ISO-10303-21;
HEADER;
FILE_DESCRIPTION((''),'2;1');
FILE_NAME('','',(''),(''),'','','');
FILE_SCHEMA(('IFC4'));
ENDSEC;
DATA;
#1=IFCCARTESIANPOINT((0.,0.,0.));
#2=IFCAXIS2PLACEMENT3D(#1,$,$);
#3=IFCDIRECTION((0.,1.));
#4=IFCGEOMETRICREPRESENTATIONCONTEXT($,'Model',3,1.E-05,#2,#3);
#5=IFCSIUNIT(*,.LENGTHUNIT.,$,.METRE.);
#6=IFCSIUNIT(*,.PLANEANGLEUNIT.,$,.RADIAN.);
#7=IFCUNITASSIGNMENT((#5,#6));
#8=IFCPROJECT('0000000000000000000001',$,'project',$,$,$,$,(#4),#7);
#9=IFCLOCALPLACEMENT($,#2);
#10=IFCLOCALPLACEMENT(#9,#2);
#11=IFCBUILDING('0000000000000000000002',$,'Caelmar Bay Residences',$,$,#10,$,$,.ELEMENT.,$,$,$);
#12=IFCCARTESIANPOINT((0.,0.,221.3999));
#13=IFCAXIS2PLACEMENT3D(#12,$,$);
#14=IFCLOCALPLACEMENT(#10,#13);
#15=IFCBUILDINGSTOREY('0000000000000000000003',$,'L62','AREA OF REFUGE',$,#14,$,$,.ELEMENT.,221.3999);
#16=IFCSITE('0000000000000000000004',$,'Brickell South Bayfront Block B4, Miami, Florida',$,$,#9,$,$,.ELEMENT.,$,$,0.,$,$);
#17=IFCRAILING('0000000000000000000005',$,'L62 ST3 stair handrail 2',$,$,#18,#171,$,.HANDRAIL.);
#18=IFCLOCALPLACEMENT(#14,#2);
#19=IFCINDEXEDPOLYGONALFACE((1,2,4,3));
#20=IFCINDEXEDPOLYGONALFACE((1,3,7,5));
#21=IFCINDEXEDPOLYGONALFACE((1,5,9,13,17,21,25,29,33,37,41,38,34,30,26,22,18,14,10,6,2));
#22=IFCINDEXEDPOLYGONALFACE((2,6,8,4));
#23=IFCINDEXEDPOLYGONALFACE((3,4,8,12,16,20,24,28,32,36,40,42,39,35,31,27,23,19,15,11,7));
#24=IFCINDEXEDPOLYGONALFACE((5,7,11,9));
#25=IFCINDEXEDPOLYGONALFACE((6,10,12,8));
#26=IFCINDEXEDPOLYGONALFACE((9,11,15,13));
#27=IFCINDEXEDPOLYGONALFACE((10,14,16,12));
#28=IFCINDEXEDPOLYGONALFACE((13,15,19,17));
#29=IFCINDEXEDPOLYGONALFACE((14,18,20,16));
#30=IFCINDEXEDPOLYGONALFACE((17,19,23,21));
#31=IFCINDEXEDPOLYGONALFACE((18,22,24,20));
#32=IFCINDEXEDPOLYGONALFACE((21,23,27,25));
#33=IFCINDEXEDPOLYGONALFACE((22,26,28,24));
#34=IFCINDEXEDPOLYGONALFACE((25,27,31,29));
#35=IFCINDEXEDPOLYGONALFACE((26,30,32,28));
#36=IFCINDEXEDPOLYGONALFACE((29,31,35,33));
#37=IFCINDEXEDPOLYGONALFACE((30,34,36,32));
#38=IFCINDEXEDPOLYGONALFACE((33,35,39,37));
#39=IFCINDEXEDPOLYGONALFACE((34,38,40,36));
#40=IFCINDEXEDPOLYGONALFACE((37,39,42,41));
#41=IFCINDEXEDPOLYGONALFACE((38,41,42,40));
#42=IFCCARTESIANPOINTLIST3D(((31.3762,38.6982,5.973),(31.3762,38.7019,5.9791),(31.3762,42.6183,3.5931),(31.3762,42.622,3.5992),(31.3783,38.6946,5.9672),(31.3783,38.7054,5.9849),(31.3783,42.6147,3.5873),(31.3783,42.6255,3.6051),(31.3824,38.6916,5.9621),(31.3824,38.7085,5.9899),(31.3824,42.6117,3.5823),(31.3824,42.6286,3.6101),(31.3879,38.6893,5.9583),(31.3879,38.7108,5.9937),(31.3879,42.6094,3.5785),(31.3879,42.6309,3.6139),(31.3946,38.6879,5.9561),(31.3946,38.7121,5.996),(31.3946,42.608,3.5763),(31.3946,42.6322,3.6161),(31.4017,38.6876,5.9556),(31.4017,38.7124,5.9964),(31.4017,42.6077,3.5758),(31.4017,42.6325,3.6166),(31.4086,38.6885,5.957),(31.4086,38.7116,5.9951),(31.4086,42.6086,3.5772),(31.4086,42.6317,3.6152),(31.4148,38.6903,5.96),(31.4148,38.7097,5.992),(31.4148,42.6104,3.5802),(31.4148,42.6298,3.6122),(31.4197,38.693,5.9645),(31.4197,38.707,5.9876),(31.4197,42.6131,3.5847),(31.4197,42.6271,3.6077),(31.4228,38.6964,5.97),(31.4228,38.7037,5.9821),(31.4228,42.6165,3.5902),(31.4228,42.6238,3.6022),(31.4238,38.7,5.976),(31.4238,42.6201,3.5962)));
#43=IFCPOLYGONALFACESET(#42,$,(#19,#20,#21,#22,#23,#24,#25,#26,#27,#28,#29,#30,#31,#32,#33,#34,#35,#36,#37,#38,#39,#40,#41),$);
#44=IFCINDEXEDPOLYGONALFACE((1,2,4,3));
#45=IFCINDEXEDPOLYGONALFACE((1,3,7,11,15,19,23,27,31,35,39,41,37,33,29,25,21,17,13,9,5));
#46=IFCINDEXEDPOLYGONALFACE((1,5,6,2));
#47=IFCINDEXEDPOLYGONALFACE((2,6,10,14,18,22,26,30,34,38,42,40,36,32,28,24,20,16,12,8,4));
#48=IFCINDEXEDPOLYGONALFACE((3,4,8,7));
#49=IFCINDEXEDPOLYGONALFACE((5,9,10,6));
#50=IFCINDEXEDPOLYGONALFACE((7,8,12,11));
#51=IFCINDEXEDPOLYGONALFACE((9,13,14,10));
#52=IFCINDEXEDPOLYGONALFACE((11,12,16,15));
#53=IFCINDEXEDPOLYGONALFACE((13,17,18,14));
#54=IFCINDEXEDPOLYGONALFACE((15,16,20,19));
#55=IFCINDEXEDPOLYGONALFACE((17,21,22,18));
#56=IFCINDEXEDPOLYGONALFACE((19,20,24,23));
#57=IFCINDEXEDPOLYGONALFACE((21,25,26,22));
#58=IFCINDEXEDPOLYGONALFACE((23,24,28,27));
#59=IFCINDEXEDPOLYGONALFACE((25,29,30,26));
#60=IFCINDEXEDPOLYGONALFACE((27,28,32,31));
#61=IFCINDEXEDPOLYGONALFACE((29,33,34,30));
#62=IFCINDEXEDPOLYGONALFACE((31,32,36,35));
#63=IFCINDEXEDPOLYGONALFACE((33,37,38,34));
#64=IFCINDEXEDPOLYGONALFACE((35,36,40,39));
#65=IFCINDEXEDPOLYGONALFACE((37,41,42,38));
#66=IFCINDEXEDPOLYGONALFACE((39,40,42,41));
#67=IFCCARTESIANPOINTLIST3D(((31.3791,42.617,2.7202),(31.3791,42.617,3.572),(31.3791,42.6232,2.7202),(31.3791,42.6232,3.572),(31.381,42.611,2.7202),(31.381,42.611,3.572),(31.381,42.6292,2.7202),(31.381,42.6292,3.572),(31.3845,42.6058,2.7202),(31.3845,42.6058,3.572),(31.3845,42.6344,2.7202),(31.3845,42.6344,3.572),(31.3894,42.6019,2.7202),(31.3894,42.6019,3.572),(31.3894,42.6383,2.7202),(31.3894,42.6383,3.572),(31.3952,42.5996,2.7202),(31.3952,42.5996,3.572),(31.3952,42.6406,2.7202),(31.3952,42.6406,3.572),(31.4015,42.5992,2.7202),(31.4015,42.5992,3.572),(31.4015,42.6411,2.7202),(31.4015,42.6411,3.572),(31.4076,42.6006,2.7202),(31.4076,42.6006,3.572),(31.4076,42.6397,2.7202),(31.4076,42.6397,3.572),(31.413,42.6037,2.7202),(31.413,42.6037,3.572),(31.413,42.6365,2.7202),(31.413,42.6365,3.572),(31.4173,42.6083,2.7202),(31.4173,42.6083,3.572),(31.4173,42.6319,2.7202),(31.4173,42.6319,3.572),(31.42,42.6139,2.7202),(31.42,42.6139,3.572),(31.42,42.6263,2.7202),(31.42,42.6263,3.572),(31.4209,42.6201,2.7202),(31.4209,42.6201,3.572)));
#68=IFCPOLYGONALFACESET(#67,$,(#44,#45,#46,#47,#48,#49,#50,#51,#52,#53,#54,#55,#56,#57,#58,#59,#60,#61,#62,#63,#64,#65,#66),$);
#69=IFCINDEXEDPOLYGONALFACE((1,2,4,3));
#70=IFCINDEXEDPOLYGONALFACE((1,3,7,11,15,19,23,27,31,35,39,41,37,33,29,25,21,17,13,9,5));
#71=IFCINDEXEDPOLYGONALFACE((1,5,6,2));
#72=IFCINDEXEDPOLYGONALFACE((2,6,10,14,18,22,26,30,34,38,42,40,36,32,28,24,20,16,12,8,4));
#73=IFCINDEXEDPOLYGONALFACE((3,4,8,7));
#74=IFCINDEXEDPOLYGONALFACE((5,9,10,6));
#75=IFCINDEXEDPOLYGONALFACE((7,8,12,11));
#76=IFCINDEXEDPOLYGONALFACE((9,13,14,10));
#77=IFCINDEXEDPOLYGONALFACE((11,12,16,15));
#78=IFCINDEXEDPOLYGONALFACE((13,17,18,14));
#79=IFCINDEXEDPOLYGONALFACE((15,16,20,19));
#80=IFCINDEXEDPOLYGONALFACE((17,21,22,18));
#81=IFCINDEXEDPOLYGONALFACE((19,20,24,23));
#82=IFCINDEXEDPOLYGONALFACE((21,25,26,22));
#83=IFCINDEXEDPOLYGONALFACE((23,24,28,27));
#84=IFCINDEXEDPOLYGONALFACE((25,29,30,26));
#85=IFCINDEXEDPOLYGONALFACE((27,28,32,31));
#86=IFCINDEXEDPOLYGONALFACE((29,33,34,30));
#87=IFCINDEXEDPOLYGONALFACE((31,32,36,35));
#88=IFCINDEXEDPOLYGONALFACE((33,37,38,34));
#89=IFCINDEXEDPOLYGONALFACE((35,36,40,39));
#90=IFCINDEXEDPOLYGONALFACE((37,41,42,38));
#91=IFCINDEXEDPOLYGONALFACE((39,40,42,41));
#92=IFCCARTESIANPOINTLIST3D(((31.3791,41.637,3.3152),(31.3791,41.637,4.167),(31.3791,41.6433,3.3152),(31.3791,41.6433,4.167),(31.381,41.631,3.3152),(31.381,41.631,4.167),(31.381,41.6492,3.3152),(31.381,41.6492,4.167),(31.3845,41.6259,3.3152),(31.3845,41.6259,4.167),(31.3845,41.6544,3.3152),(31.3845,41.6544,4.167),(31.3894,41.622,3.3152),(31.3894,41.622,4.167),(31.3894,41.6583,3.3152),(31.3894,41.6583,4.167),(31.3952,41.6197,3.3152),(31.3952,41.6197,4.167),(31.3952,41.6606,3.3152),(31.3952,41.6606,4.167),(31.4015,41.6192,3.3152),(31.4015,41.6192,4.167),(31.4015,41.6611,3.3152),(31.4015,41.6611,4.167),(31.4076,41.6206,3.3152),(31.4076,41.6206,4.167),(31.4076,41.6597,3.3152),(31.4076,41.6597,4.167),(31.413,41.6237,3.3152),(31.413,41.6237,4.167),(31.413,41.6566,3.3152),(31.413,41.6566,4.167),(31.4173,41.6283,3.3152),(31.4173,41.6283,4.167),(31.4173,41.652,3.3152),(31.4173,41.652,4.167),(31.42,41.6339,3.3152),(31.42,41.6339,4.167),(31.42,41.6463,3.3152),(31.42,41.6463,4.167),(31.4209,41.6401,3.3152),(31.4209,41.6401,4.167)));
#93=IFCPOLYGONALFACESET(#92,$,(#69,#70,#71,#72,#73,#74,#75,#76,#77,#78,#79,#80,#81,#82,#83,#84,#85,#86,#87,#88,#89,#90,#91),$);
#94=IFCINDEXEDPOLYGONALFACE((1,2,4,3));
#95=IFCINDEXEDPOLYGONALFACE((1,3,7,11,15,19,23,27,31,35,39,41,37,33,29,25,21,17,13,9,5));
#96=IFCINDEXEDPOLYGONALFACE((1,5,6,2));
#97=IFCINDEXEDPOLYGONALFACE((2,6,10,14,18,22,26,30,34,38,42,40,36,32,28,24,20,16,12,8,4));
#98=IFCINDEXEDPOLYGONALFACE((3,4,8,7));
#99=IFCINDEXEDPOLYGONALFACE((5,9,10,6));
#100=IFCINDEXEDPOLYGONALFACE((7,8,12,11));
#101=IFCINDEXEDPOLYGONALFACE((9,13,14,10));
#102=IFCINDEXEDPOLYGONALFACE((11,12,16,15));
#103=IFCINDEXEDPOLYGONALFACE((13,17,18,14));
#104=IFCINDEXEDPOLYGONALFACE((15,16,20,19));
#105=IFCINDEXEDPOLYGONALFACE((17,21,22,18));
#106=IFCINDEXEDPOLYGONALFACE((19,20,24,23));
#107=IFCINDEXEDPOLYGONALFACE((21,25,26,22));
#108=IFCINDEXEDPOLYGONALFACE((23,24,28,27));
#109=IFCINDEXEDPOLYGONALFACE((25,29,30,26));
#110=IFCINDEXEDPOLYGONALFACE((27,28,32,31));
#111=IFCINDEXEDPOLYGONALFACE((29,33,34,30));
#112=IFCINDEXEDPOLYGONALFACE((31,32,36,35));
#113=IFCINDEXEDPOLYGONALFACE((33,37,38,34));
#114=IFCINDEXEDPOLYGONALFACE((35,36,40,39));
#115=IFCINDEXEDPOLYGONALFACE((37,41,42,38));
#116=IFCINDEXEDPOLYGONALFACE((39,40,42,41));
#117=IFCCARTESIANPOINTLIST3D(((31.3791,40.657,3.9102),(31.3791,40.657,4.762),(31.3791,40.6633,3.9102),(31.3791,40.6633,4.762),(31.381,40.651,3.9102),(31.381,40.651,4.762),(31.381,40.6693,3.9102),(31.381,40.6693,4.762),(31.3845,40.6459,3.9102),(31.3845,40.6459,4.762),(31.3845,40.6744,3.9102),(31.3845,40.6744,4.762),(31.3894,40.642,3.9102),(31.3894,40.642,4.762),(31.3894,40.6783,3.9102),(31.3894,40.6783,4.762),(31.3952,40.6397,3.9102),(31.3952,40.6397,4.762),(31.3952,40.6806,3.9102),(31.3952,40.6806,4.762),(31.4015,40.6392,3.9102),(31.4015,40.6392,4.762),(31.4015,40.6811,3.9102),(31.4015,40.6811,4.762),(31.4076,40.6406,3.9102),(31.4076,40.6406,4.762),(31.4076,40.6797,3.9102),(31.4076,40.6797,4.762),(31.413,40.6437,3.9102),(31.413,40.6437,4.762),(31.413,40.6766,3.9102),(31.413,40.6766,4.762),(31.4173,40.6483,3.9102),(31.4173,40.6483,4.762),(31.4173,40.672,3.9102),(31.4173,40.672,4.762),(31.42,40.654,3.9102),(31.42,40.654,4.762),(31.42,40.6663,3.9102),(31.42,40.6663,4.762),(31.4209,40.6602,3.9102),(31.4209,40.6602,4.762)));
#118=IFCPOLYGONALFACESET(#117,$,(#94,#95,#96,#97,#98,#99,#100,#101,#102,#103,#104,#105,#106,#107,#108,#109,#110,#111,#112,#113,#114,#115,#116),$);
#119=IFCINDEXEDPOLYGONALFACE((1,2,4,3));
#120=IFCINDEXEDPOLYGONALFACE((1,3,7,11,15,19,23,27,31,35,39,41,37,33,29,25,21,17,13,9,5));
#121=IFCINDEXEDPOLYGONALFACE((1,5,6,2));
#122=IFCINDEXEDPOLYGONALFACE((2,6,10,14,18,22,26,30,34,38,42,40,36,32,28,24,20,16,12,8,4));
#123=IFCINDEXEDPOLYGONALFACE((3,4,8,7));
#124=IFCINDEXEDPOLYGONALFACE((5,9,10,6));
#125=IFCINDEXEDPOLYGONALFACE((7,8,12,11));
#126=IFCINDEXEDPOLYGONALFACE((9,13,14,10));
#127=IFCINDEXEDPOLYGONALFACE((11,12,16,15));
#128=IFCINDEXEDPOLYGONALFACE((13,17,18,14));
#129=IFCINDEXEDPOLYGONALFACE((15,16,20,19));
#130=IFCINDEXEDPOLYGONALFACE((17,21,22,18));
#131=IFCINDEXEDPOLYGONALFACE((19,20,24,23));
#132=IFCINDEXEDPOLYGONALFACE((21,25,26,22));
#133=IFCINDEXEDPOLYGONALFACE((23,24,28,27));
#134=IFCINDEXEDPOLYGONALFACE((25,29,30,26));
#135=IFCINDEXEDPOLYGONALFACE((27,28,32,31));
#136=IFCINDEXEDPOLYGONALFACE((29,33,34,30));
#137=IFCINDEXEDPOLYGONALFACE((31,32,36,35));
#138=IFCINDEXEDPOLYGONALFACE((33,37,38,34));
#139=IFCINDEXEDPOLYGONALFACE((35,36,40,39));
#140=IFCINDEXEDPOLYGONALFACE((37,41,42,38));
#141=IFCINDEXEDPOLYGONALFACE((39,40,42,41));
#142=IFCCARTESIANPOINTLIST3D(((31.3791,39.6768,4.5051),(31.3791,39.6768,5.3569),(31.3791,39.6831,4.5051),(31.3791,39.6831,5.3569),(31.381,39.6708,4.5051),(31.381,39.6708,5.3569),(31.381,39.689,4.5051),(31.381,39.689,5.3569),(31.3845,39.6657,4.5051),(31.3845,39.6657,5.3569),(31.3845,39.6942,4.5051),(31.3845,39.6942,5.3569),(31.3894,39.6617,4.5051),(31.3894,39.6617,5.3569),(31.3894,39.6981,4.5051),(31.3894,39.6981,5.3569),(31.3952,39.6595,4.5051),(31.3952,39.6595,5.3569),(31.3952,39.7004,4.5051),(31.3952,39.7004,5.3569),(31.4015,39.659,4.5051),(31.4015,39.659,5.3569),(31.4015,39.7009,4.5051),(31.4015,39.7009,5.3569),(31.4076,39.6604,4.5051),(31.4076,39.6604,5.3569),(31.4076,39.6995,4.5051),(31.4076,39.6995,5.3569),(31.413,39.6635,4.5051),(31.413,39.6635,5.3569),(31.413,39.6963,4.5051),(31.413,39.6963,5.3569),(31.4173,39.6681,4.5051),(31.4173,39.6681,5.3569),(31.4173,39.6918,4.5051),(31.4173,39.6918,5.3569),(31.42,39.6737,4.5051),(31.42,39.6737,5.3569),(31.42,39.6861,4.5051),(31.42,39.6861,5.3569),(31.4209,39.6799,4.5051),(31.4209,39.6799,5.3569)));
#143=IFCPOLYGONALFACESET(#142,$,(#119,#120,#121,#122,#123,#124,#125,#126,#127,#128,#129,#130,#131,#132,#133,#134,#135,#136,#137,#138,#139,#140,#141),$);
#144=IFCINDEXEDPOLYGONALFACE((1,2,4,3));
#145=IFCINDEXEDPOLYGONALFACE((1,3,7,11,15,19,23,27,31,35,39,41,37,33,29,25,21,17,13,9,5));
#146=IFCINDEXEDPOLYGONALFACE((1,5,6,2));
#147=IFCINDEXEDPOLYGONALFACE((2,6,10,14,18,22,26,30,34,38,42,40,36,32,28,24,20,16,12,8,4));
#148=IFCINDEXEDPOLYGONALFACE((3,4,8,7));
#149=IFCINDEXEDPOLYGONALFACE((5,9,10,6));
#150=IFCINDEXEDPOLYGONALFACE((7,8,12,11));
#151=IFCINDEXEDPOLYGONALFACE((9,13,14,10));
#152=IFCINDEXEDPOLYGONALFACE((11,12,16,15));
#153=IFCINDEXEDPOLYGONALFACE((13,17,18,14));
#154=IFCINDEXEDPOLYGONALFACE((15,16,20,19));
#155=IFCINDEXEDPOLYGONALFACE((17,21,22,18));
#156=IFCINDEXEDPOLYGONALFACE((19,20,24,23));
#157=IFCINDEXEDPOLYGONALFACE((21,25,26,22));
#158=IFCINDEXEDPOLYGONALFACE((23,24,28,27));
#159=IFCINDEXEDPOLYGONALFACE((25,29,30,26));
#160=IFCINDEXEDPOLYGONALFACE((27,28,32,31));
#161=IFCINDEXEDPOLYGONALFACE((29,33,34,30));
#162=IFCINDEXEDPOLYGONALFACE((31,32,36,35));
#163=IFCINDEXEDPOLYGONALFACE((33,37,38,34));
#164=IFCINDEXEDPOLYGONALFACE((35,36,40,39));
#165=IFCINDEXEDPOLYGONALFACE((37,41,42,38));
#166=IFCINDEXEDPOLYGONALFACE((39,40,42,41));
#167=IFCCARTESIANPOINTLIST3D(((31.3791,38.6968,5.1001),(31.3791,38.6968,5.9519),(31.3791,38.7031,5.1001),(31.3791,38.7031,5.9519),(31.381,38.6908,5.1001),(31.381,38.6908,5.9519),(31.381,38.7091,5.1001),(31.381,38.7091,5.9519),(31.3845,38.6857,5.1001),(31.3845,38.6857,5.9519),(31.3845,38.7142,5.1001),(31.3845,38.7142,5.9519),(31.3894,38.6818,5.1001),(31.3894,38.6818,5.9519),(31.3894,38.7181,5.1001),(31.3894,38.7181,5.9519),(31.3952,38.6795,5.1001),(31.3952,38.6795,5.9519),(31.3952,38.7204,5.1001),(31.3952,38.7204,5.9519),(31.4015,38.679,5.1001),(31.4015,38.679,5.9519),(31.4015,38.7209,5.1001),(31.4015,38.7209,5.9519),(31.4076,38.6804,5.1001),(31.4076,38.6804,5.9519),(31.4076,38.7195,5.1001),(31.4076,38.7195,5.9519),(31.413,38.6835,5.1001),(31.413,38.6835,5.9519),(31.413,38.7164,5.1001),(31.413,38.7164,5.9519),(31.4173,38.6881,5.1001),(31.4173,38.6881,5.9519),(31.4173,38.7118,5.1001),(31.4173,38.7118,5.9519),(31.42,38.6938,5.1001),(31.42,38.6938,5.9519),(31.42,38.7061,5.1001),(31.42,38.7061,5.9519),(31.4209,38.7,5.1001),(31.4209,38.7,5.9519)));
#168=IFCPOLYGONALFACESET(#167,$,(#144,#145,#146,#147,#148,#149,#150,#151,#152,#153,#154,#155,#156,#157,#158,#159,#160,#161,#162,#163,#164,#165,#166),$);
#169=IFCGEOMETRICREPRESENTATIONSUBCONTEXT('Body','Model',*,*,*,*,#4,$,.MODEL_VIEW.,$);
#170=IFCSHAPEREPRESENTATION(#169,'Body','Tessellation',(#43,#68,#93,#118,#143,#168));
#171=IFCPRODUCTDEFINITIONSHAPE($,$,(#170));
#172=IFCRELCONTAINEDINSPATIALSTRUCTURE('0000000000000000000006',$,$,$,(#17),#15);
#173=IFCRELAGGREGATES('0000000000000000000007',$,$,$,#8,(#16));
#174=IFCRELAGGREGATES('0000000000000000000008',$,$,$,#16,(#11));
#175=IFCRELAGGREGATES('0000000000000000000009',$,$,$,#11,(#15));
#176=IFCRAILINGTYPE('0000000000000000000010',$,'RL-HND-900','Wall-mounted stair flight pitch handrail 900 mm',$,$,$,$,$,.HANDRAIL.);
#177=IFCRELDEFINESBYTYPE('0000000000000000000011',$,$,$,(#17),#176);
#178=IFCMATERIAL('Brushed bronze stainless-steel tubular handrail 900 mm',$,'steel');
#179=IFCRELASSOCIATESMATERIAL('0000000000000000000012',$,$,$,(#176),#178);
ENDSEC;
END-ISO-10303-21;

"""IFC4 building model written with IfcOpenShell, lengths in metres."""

from ifc_helpers import new_model, si_unit, direction, frame, origin, origin_2d, place, context, subcontext, project, spatial, circle, extrude, material, type_object, element, save


model = new_model("IFC4")

# Units and contexts
model_context = context("Model", 3, precision=1e-05, world=origin(), true_north=direction((0.0, 1.0)))
body_context = subcontext(model_context, "Body", "Model", "MODEL_VIEW")
ifc_project = project(units=[si_unit("LENGTHUNIT", "METRE"), si_unit("PLANEANGLEUNIT", "RADIAN")], contexts=[model_context])

# Site, building, storey
site_placement = place(None, origin())
site = spatial("IfcSite", under=ifc_project, at=site_placement, Name="Brickell South Bayfront Block B4, Miami, Florida", CompositionType="ELEMENT", RefElevation=0.0)
building_placement = place(site_placement, origin())
building = spatial("IfcBuilding", under=site, at=building_placement, Name="Caelmar Bay Residences", CompositionType="ELEMENT")
storey_placement = place(building_placement, frame((0.0, 0.0, 221.3999)))
storey = spatial("IfcBuildingStorey", under=building, at=storey_placement, Name="L62", Description="AREA OF REFUGE", CompositionType="ELEMENT", Elevation=221.3999)

# Railing
ifc_material_1 = material(Name="Brushed bronze stainless-steel tubular handrail 900 mm", Category="steel")
railing_type_1 = type_object("IfcRailingType", Name="RL-HND-900", Description="Wall-mounted stair flight pitch handrail 900 mm", PredefinedType="HANDRAIL", material=ifc_material_1)
railing_1_placement = place(storey_placement, frame((31.3999, 42.6201, 2.7202)))
element("IfcRailing", 1, at=railing_1_placement, inside=storey, type_object=railing_type_1, Name="L62 ST3 stair handrail 2", PredefinedType="HANDRAIL", context=body_context, shape_type="SweptSolid", body=[
    extrude(circle(Radius=0.0239, at=origin_2d()), frame((0.0, 0.0, 0.876), z_axis=(0.0, -0.854809, 0.518943), x_axis=(1.0, 0.0, 0.0)), (0.0, 0.0, 1.0), 4.5859),
    extrude(circle(Radius=0.021, at=origin_2d()), origin(), (0.0, 0.0, 1.0), 0.8518),
    extrude(circle(Radius=0.021, at=origin_2d()), frame((0.0, -0.98, 0.595)), (0.0, 0.0, 1.0), 0.8518),
    extrude(circle(Radius=0.021, at=origin_2d()), frame((0.0, -1.96, 1.1899)), (0.0, 0.0, 1.0), 0.8518),
    extrude(circle(Radius=0.021, at=origin_2d()), frame((0.0, -2.9402, 1.7849)), (0.0, 0.0, 1.0), 0.8518),
    extrude(circle(Radius=0.021, at=origin_2d()), frame((0.0, -3.9202, 2.3799)), (0.0, 0.0, 1.0), 0.8518),
])

save(model, "model.ifc")
